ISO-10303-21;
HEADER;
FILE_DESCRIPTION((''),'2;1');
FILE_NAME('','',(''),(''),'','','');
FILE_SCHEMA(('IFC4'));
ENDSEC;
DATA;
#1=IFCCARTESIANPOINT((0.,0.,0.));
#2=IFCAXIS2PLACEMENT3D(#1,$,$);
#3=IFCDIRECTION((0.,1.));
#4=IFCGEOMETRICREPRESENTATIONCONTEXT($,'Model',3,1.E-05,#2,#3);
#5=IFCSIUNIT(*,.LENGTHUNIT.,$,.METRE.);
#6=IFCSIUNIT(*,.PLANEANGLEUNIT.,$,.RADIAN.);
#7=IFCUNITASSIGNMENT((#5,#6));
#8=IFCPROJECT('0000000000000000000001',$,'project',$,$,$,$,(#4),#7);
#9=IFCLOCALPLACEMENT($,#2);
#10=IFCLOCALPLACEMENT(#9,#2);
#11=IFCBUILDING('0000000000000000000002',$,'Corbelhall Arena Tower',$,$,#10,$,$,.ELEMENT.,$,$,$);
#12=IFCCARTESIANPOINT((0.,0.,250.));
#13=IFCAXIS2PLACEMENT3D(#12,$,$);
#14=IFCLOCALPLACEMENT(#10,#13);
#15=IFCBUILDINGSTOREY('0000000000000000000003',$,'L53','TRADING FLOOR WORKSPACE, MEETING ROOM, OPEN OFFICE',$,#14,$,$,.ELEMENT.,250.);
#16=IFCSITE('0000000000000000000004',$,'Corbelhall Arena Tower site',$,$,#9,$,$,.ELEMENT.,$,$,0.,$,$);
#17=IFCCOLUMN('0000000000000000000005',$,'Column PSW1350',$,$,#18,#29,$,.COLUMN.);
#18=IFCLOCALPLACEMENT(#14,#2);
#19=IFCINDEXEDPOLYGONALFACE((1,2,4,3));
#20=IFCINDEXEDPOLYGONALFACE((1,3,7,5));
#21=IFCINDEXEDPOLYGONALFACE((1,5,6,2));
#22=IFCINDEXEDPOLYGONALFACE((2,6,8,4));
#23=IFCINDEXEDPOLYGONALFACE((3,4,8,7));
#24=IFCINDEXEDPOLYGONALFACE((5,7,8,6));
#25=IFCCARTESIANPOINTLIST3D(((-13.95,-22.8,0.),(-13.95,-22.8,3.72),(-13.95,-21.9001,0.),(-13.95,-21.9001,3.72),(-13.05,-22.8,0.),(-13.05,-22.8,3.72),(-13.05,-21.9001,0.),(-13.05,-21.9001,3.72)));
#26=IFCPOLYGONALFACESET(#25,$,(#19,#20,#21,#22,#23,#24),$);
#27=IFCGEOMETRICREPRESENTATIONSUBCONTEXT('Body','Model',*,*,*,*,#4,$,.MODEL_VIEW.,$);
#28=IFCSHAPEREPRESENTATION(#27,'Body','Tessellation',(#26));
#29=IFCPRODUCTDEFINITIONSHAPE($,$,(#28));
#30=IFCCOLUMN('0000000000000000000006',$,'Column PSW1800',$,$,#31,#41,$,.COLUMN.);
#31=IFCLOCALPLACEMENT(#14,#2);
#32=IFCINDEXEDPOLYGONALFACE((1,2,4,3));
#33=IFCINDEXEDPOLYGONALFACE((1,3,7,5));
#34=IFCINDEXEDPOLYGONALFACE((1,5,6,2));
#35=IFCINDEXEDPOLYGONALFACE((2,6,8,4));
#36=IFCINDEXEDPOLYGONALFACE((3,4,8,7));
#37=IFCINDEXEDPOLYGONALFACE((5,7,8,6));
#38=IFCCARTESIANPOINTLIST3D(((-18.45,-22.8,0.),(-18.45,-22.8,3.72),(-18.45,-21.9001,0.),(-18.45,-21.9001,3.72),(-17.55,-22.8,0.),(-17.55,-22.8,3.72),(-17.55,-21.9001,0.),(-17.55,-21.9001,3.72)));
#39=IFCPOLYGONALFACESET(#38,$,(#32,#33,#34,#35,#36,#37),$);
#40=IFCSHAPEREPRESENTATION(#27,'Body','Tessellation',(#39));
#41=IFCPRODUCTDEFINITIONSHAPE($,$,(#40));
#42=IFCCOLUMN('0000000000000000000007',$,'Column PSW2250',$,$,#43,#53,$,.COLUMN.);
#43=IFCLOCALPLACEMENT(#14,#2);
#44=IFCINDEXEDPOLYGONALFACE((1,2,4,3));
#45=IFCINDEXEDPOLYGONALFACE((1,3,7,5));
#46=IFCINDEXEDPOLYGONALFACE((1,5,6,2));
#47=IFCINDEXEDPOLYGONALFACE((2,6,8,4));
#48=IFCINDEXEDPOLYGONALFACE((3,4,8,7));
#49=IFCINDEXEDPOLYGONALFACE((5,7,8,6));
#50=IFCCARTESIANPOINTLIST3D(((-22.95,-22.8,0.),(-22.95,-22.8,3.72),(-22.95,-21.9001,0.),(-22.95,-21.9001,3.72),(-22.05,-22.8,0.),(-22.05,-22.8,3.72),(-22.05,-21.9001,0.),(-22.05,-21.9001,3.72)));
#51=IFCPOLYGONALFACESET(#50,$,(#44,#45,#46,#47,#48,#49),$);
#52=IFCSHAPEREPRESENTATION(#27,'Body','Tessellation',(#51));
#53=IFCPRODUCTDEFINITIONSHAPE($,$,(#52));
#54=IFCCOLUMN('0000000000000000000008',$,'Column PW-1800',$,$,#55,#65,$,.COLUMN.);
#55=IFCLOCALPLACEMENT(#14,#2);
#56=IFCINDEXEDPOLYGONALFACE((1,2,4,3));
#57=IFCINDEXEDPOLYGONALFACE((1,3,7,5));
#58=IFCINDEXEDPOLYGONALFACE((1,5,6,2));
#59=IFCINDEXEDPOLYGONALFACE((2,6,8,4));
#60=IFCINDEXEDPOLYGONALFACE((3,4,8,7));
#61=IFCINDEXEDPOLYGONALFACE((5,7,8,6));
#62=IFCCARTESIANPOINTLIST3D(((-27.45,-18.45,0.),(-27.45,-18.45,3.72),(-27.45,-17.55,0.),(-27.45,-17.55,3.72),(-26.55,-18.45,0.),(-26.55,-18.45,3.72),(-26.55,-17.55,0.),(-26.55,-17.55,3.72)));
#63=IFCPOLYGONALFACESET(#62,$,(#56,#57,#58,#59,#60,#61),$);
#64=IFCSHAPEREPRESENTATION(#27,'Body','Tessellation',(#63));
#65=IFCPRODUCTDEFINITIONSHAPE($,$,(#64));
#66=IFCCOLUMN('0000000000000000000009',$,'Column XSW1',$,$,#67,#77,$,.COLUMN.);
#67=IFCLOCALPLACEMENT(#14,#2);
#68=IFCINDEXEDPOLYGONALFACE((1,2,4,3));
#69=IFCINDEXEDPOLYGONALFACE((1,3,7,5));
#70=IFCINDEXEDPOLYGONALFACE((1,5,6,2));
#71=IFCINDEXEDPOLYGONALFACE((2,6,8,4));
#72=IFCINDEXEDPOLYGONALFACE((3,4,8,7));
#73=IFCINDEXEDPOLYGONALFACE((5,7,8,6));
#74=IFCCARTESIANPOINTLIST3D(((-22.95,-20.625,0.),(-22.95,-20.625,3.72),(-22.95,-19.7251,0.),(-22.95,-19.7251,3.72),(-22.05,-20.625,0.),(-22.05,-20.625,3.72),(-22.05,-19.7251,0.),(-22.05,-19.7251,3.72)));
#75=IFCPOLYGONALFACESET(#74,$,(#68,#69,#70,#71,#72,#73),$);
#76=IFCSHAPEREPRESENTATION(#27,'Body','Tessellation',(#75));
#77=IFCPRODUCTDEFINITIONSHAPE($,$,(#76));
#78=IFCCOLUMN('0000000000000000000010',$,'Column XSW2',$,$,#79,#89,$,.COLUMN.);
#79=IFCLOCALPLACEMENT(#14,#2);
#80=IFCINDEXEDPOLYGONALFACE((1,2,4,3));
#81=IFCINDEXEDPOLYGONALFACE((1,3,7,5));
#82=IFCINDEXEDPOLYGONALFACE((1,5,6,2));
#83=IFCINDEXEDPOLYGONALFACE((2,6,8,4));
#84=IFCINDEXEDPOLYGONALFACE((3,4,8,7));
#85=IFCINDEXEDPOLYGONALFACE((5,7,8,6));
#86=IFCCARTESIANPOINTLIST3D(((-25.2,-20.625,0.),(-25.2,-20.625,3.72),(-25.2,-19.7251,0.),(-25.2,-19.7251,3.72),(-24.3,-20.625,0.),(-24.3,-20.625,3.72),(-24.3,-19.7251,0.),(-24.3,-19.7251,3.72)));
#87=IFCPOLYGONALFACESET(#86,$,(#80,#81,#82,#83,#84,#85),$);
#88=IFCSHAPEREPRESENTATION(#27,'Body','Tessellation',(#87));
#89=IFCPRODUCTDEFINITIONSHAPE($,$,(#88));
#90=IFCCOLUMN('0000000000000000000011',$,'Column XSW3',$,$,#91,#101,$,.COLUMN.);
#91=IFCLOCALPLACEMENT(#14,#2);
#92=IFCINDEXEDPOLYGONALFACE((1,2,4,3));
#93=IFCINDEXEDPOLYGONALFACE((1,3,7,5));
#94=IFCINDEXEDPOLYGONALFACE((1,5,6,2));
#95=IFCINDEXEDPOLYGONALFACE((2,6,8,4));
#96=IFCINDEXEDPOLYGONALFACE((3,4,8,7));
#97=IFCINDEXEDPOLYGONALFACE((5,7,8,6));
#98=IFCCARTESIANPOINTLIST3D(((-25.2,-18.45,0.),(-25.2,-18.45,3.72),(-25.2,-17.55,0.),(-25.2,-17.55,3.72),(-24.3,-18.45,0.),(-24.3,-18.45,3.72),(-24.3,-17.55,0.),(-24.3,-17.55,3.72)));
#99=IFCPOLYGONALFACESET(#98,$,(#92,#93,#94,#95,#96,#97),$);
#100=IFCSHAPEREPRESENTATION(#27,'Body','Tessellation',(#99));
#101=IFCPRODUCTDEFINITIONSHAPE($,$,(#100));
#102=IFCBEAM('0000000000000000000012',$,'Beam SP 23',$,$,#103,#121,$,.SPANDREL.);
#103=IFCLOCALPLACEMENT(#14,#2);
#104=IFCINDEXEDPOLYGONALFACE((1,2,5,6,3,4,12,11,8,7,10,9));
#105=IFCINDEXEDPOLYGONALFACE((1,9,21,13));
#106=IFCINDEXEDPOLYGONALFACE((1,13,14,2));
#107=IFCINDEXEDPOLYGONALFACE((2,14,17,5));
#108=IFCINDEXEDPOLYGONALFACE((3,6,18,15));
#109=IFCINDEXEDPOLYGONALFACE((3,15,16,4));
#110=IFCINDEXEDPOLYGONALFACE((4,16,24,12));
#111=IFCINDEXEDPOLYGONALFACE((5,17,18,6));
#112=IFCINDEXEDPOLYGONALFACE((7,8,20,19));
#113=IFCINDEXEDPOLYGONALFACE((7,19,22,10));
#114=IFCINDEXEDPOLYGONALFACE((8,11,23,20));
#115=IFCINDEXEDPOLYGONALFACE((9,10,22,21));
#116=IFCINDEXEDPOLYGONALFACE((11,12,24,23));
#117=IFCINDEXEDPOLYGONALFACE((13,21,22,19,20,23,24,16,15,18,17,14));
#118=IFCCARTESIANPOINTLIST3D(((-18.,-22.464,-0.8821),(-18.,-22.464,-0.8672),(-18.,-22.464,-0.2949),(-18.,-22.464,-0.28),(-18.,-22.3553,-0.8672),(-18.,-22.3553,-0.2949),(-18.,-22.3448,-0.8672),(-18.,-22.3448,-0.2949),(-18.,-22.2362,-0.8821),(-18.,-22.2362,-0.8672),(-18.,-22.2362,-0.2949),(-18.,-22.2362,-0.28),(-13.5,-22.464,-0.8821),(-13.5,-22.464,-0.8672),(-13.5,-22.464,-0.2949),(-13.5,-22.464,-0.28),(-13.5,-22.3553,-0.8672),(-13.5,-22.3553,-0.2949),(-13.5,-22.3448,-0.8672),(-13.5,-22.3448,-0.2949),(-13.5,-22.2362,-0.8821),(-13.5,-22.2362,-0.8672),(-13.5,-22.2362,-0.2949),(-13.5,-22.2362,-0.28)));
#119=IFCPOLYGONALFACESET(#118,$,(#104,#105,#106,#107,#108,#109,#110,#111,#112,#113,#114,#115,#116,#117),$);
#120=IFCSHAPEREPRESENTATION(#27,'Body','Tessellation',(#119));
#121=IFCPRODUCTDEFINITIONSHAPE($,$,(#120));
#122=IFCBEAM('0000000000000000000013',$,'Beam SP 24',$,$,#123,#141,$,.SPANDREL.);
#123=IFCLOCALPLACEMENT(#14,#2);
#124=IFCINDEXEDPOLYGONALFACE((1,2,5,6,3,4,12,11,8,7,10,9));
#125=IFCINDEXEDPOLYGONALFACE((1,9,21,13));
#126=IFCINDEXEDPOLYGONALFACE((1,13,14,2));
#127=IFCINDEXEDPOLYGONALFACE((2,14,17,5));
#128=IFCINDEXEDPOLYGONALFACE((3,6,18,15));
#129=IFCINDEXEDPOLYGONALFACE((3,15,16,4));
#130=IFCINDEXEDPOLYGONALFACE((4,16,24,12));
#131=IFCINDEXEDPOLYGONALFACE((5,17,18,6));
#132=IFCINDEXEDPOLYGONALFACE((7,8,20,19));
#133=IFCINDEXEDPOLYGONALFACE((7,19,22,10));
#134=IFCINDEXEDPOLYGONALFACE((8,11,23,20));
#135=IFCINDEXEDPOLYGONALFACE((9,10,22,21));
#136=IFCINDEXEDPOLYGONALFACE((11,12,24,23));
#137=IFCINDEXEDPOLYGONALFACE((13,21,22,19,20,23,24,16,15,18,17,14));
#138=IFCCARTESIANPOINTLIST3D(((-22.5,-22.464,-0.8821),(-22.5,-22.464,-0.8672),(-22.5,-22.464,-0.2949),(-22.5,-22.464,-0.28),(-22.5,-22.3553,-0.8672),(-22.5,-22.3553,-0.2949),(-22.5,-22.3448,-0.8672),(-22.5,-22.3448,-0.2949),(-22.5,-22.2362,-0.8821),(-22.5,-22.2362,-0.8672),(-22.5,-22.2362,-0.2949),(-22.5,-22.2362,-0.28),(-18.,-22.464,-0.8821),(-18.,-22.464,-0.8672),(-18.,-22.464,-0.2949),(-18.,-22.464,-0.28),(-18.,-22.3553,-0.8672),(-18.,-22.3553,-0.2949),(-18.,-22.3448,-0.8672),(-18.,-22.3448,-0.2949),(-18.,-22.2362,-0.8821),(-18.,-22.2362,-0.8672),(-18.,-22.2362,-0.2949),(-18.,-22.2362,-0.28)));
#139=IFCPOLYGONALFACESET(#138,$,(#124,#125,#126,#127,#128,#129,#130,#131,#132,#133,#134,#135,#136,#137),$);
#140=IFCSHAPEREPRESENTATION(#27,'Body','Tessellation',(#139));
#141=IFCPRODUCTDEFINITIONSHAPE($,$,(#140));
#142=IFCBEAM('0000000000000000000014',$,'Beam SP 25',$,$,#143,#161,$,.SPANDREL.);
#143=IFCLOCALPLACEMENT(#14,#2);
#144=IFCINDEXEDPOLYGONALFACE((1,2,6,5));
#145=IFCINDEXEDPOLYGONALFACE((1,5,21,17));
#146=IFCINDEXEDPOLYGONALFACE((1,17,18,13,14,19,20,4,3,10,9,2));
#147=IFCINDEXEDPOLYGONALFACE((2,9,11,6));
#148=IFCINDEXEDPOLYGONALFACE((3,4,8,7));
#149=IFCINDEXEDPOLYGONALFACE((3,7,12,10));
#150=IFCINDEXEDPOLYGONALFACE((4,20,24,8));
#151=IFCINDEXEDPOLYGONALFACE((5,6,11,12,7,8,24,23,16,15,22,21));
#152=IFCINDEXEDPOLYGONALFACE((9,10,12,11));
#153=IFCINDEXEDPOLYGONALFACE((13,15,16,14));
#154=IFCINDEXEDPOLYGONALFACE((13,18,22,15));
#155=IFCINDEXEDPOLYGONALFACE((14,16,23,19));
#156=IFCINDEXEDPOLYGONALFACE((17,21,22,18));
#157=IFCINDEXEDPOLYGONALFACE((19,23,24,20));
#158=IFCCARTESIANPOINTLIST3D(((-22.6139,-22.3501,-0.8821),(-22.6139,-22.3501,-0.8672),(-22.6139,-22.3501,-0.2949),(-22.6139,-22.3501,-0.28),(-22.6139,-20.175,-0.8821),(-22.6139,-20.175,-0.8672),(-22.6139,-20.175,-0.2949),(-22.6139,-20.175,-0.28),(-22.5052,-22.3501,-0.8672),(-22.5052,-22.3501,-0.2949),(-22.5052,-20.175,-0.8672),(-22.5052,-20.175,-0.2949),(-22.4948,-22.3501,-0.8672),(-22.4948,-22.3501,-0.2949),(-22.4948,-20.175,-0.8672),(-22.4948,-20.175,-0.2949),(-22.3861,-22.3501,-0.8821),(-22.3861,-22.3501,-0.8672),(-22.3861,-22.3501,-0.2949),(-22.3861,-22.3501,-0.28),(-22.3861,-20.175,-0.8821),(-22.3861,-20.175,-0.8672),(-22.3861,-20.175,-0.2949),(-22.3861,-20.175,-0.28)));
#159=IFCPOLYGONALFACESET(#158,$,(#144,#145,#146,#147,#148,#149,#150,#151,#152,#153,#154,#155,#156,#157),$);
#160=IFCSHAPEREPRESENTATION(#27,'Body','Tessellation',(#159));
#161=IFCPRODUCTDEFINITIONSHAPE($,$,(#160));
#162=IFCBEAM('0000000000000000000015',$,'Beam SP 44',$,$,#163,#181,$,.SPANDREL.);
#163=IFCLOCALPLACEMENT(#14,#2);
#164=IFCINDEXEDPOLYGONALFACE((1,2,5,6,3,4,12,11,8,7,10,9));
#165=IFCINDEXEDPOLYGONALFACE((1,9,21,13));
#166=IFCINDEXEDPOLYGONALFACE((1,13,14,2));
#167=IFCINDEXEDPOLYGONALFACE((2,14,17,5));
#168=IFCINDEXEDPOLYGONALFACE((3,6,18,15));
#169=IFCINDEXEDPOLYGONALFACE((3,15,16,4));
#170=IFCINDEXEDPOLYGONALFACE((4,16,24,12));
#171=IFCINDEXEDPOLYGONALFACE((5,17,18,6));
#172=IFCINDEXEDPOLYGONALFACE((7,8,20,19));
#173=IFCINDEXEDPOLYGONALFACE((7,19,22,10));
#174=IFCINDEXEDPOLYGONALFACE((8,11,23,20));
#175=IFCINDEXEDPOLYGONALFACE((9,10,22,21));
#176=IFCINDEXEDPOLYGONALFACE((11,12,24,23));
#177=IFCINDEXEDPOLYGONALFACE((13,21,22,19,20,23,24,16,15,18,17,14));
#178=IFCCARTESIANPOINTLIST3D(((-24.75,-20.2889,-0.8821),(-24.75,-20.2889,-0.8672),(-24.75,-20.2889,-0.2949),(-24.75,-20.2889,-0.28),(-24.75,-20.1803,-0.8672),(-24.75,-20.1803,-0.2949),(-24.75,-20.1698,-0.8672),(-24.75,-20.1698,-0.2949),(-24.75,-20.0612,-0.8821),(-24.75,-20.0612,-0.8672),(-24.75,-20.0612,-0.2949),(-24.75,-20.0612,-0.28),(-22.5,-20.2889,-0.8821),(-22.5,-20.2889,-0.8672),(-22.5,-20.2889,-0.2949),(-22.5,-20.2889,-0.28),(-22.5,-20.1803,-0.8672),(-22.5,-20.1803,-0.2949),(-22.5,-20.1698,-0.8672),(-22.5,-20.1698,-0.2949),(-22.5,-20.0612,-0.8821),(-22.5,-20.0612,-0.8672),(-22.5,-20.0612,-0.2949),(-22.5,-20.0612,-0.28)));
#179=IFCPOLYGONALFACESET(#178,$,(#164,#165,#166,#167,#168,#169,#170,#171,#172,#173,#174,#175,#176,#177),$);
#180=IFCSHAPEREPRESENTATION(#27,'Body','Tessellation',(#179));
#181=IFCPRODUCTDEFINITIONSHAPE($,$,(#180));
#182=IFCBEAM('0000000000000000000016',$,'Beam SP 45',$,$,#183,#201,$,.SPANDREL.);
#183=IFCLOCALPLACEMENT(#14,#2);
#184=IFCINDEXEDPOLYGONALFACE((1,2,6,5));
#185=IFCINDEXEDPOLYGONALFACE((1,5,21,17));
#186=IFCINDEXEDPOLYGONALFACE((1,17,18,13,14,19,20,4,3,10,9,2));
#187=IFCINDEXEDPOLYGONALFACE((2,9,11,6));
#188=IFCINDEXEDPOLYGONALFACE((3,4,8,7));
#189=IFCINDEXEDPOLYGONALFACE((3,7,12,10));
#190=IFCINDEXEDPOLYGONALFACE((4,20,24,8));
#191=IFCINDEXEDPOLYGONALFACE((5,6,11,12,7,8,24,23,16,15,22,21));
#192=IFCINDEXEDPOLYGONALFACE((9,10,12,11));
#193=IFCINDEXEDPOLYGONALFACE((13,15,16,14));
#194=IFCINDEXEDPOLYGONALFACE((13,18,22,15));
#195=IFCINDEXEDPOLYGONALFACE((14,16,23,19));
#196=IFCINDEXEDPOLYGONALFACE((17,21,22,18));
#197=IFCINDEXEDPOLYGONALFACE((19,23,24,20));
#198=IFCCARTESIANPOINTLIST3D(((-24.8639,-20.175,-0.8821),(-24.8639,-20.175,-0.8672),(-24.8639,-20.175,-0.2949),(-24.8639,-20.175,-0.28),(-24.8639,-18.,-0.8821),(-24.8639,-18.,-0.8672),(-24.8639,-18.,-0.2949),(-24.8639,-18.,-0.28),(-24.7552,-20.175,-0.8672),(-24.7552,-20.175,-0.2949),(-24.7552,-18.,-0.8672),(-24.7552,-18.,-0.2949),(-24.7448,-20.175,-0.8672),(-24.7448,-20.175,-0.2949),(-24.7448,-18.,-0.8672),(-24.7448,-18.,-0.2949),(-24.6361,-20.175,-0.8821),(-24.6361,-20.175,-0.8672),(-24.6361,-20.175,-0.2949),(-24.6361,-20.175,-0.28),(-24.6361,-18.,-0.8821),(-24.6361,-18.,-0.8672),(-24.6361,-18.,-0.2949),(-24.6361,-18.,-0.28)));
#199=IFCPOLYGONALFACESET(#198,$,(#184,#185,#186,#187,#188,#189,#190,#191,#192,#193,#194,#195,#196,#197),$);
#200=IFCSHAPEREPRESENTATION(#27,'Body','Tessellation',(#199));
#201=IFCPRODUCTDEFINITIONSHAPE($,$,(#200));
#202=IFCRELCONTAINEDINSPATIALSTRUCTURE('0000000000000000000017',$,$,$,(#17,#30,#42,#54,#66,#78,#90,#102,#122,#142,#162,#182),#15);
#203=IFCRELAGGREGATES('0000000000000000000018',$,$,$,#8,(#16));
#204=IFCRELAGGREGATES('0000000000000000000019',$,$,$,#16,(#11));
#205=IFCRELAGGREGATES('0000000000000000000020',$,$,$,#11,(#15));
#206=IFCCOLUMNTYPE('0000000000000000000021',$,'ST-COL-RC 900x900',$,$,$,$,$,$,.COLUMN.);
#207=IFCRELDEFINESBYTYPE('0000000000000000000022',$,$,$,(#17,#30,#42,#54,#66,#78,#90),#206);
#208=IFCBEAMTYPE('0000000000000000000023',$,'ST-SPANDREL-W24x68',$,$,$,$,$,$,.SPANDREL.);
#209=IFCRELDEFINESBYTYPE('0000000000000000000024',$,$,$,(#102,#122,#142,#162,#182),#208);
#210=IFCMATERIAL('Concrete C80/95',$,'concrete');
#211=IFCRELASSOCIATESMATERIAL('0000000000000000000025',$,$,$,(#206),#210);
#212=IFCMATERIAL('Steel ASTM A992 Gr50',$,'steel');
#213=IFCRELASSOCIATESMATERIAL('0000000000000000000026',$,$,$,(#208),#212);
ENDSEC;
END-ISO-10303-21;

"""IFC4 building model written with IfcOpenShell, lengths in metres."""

from ifc_helpers import new_model, si_unit, direction, frame, origin, origin_2d, place, context, subcontext, project, spatial, rectangle, i_section, extrude, material, material_profile, profile_set, type_object, element, save


model = new_model("IFC4")

# Units and contexts
model_context = context("Model", 3, precision=1e-05, world=origin(), true_north=direction((0.0, 1.0)))
body_context = subcontext(model_context, "Body", "Model", "MODEL_VIEW")
ifc_project = project(units=[si_unit("LENGTHUNIT", "METRE"), si_unit("PLANEANGLEUNIT", "RADIAN")], contexts=[model_context])

# Site, building, storey
site_placement = place(None, origin())
site = spatial("IfcSite", under=ifc_project, at=site_placement, Name="Corbelhall Arena Tower site", CompositionType="ELEMENT", RefElevation=0.0)
building_placement = place(site_placement, origin())
building = spatial("IfcBuilding", under=site, at=building_placement, Name="Corbelhall Arena Tower", CompositionType="ELEMENT")
storey_placement = place(building_placement, frame((0.0, 0.0, 250.0)))
storey = spatial("IfcBuildingStorey", under=building, at=storey_placement, Name="L53", Description="TRADING FLOOR WORKSPACE, MEETING ROOM, OPEN OFFICE", CompositionType="ELEMENT", Elevation=250.0)

# Columns
ifc_material_1 = material(Name="Concrete C80/95", Category="concrete")
ifc_material_profile_1 = material_profile(ifc_material_1, rectangle(XDim=0.8999, YDim=0.8999, at=origin_2d()))
ifc_profile_set_1 = profile_set([ifc_material_profile_1], Name="Concrete C80/95")
column_type = type_object("IfcColumnType", Name="ST-COL-RC 900x900", PredefinedType="COLUMN", material=ifc_profile_set_1)
for number, where, z_axis, x_axis, name in (
    (1, (-13.5, -22.3501, 0.0), (0.0, 0.0, 1.0), (1.0, 0.0, 0.0), "Column PSW1350"),
    (2, (-18.0, -22.3501, 0.0), (0.0, 0.0, 1.0), (1.0, 0.0, 0.0), "Column PSW1800"),
    (3, (-22.5, -22.3501, 0.0), (0.0, 0.0, 1.0), (1.0, 0.0, 0.0), "Column PSW2250"),
    (4, (-27.0, -18.0, 0.0), (0.0, 0.0, 1.0), (0.0, 1.0, 0.0), "Column PW-1800"),
    (5, (-22.5, -20.175, 0.0), (0.0, 0.0, 1.0), (1.0, 0.0, 0.0), "Column XSW1"),
    (6, (-24.75, -20.175, 0.0), (0.0, 0.0, 1.0), (1.0, 0.0, 0.0), "Column XSW2"),
    (7, (-24.75, -18.0, 0.0), (0.0, 0.0, 1.0), (1.0, 0.0, 0.0), "Column XSW3"),
):
    element("IfcColumn", number, at=place(storey_placement, frame(where, z_axis=z_axis, x_axis=x_axis)), inside=storey, type_object=column_type, Name=name, PredefinedType="COLUMN", context=body_context, shape_type="SweptSolid", body=[
        extrude(rectangle(XDim=0.8999, YDim=0.8999, at=origin_2d()), origin(), (0.0, 0.0, 1.0), 3.72),
    ])

# Beams
ifc_material_2 = material(Name="Steel ASTM A992 Gr50", Category="steel")
ifc_material_profile_2 = material_profile(ifc_material_2, i_section(OverallWidth=0.2278, OverallDepth=0.6021, WebThickness=0.0105, FlangeThickness=0.0149, at=origin_2d()))
ifc_profile_set_2 = profile_set([ifc_material_profile_2], Name="Steel ASTM A992 Gr50")
beam_type_1 = type_object("IfcBeamType", Name="ST-SPANDREL-W24x68", PredefinedType="SPANDREL", material=ifc_profile_set_2)
for number, where, z_axis, x_axis, name in (
    (8, (-13.5, -22.3501, -0.5811), (-1.0, 0.0, 0.0), (0.0, -1.0, 0.0), "Beam SP 23"),
    (9, (-18.0, -22.3501, -0.5811), (-1.0, 0.0, 0.0), (0.0, -1.0, 0.0), "Beam SP 24"),
):
    element("IfcBeam", number, at=place(storey_placement, frame(where, z_axis=z_axis, x_axis=x_axis)), inside=storey, type_object=beam_type_1, Name=name, PredefinedType="SPANDREL", context=body_context, shape_type="SweptSolid", body=[
        extrude(i_section(OverallWidth=0.2278, OverallDepth=0.6021, WebThickness=0.0105, FlangeThickness=0.0149, at=origin_2d()), origin(), (0.0, 0.0, 1.0), 4.5),
    ])
beam_1_placement = place(storey_placement, frame((-22.5, -22.3501, -0.5811), z_axis=(0.0, 1.0, 0.0), x_axis=(-1.0, 0.0, 0.0)))
element("IfcBeam", 10, at=beam_1_placement, inside=storey, type_object=beam_type_1, Name="Beam SP 25", PredefinedType="SPANDREL", context=body_context, shape_type="SweptSolid", body=[
    extrude(i_section(OverallWidth=0.2278, OverallDepth=0.6021, WebThickness=0.0105, FlangeThickness=0.0149, at=origin_2d()), origin(), (0.0, 0.0, 1.0), 2.175),
])
beam_2_placement = place(storey_placement, frame((-22.5, -20.175, -0.5811), z_axis=(-1.0, 0.0, 0.0), x_axis=(0.0, -1.0, 0.0)))
element("IfcBeam", 11, at=beam_2_placement, inside=storey, type_object=beam_type_1, Name="Beam SP 44", PredefinedType="SPANDREL", context=body_context, shape_type="SweptSolid", body=[
    extrude(i_section(OverallWidth=0.2278, OverallDepth=0.6021, WebThickness=0.0105, FlangeThickness=0.0149, at=origin_2d()), origin(), (0.0, 0.0, 1.0), 2.25),
])
beam_3_placement = place(storey_placement, frame((-24.75, -20.175, -0.5811), z_axis=(0.0, 1.0, 0.0), x_axis=(-1.0, 0.0, 0.0)))
element("IfcBeam", 12, at=beam_3_placement, inside=storey, type_object=beam_type_1, Name="Beam SP 45", PredefinedType="SPANDREL", context=body_context, shape_type="SweptSolid", body=[
    extrude(i_section(OverallWidth=0.2278, OverallDepth=0.6021, WebThickness=0.0105, FlangeThickness=0.0149, at=origin_2d()), origin(), (0.0, 0.0, 1.0), 2.175),
])

save(model, "model.ifc")
